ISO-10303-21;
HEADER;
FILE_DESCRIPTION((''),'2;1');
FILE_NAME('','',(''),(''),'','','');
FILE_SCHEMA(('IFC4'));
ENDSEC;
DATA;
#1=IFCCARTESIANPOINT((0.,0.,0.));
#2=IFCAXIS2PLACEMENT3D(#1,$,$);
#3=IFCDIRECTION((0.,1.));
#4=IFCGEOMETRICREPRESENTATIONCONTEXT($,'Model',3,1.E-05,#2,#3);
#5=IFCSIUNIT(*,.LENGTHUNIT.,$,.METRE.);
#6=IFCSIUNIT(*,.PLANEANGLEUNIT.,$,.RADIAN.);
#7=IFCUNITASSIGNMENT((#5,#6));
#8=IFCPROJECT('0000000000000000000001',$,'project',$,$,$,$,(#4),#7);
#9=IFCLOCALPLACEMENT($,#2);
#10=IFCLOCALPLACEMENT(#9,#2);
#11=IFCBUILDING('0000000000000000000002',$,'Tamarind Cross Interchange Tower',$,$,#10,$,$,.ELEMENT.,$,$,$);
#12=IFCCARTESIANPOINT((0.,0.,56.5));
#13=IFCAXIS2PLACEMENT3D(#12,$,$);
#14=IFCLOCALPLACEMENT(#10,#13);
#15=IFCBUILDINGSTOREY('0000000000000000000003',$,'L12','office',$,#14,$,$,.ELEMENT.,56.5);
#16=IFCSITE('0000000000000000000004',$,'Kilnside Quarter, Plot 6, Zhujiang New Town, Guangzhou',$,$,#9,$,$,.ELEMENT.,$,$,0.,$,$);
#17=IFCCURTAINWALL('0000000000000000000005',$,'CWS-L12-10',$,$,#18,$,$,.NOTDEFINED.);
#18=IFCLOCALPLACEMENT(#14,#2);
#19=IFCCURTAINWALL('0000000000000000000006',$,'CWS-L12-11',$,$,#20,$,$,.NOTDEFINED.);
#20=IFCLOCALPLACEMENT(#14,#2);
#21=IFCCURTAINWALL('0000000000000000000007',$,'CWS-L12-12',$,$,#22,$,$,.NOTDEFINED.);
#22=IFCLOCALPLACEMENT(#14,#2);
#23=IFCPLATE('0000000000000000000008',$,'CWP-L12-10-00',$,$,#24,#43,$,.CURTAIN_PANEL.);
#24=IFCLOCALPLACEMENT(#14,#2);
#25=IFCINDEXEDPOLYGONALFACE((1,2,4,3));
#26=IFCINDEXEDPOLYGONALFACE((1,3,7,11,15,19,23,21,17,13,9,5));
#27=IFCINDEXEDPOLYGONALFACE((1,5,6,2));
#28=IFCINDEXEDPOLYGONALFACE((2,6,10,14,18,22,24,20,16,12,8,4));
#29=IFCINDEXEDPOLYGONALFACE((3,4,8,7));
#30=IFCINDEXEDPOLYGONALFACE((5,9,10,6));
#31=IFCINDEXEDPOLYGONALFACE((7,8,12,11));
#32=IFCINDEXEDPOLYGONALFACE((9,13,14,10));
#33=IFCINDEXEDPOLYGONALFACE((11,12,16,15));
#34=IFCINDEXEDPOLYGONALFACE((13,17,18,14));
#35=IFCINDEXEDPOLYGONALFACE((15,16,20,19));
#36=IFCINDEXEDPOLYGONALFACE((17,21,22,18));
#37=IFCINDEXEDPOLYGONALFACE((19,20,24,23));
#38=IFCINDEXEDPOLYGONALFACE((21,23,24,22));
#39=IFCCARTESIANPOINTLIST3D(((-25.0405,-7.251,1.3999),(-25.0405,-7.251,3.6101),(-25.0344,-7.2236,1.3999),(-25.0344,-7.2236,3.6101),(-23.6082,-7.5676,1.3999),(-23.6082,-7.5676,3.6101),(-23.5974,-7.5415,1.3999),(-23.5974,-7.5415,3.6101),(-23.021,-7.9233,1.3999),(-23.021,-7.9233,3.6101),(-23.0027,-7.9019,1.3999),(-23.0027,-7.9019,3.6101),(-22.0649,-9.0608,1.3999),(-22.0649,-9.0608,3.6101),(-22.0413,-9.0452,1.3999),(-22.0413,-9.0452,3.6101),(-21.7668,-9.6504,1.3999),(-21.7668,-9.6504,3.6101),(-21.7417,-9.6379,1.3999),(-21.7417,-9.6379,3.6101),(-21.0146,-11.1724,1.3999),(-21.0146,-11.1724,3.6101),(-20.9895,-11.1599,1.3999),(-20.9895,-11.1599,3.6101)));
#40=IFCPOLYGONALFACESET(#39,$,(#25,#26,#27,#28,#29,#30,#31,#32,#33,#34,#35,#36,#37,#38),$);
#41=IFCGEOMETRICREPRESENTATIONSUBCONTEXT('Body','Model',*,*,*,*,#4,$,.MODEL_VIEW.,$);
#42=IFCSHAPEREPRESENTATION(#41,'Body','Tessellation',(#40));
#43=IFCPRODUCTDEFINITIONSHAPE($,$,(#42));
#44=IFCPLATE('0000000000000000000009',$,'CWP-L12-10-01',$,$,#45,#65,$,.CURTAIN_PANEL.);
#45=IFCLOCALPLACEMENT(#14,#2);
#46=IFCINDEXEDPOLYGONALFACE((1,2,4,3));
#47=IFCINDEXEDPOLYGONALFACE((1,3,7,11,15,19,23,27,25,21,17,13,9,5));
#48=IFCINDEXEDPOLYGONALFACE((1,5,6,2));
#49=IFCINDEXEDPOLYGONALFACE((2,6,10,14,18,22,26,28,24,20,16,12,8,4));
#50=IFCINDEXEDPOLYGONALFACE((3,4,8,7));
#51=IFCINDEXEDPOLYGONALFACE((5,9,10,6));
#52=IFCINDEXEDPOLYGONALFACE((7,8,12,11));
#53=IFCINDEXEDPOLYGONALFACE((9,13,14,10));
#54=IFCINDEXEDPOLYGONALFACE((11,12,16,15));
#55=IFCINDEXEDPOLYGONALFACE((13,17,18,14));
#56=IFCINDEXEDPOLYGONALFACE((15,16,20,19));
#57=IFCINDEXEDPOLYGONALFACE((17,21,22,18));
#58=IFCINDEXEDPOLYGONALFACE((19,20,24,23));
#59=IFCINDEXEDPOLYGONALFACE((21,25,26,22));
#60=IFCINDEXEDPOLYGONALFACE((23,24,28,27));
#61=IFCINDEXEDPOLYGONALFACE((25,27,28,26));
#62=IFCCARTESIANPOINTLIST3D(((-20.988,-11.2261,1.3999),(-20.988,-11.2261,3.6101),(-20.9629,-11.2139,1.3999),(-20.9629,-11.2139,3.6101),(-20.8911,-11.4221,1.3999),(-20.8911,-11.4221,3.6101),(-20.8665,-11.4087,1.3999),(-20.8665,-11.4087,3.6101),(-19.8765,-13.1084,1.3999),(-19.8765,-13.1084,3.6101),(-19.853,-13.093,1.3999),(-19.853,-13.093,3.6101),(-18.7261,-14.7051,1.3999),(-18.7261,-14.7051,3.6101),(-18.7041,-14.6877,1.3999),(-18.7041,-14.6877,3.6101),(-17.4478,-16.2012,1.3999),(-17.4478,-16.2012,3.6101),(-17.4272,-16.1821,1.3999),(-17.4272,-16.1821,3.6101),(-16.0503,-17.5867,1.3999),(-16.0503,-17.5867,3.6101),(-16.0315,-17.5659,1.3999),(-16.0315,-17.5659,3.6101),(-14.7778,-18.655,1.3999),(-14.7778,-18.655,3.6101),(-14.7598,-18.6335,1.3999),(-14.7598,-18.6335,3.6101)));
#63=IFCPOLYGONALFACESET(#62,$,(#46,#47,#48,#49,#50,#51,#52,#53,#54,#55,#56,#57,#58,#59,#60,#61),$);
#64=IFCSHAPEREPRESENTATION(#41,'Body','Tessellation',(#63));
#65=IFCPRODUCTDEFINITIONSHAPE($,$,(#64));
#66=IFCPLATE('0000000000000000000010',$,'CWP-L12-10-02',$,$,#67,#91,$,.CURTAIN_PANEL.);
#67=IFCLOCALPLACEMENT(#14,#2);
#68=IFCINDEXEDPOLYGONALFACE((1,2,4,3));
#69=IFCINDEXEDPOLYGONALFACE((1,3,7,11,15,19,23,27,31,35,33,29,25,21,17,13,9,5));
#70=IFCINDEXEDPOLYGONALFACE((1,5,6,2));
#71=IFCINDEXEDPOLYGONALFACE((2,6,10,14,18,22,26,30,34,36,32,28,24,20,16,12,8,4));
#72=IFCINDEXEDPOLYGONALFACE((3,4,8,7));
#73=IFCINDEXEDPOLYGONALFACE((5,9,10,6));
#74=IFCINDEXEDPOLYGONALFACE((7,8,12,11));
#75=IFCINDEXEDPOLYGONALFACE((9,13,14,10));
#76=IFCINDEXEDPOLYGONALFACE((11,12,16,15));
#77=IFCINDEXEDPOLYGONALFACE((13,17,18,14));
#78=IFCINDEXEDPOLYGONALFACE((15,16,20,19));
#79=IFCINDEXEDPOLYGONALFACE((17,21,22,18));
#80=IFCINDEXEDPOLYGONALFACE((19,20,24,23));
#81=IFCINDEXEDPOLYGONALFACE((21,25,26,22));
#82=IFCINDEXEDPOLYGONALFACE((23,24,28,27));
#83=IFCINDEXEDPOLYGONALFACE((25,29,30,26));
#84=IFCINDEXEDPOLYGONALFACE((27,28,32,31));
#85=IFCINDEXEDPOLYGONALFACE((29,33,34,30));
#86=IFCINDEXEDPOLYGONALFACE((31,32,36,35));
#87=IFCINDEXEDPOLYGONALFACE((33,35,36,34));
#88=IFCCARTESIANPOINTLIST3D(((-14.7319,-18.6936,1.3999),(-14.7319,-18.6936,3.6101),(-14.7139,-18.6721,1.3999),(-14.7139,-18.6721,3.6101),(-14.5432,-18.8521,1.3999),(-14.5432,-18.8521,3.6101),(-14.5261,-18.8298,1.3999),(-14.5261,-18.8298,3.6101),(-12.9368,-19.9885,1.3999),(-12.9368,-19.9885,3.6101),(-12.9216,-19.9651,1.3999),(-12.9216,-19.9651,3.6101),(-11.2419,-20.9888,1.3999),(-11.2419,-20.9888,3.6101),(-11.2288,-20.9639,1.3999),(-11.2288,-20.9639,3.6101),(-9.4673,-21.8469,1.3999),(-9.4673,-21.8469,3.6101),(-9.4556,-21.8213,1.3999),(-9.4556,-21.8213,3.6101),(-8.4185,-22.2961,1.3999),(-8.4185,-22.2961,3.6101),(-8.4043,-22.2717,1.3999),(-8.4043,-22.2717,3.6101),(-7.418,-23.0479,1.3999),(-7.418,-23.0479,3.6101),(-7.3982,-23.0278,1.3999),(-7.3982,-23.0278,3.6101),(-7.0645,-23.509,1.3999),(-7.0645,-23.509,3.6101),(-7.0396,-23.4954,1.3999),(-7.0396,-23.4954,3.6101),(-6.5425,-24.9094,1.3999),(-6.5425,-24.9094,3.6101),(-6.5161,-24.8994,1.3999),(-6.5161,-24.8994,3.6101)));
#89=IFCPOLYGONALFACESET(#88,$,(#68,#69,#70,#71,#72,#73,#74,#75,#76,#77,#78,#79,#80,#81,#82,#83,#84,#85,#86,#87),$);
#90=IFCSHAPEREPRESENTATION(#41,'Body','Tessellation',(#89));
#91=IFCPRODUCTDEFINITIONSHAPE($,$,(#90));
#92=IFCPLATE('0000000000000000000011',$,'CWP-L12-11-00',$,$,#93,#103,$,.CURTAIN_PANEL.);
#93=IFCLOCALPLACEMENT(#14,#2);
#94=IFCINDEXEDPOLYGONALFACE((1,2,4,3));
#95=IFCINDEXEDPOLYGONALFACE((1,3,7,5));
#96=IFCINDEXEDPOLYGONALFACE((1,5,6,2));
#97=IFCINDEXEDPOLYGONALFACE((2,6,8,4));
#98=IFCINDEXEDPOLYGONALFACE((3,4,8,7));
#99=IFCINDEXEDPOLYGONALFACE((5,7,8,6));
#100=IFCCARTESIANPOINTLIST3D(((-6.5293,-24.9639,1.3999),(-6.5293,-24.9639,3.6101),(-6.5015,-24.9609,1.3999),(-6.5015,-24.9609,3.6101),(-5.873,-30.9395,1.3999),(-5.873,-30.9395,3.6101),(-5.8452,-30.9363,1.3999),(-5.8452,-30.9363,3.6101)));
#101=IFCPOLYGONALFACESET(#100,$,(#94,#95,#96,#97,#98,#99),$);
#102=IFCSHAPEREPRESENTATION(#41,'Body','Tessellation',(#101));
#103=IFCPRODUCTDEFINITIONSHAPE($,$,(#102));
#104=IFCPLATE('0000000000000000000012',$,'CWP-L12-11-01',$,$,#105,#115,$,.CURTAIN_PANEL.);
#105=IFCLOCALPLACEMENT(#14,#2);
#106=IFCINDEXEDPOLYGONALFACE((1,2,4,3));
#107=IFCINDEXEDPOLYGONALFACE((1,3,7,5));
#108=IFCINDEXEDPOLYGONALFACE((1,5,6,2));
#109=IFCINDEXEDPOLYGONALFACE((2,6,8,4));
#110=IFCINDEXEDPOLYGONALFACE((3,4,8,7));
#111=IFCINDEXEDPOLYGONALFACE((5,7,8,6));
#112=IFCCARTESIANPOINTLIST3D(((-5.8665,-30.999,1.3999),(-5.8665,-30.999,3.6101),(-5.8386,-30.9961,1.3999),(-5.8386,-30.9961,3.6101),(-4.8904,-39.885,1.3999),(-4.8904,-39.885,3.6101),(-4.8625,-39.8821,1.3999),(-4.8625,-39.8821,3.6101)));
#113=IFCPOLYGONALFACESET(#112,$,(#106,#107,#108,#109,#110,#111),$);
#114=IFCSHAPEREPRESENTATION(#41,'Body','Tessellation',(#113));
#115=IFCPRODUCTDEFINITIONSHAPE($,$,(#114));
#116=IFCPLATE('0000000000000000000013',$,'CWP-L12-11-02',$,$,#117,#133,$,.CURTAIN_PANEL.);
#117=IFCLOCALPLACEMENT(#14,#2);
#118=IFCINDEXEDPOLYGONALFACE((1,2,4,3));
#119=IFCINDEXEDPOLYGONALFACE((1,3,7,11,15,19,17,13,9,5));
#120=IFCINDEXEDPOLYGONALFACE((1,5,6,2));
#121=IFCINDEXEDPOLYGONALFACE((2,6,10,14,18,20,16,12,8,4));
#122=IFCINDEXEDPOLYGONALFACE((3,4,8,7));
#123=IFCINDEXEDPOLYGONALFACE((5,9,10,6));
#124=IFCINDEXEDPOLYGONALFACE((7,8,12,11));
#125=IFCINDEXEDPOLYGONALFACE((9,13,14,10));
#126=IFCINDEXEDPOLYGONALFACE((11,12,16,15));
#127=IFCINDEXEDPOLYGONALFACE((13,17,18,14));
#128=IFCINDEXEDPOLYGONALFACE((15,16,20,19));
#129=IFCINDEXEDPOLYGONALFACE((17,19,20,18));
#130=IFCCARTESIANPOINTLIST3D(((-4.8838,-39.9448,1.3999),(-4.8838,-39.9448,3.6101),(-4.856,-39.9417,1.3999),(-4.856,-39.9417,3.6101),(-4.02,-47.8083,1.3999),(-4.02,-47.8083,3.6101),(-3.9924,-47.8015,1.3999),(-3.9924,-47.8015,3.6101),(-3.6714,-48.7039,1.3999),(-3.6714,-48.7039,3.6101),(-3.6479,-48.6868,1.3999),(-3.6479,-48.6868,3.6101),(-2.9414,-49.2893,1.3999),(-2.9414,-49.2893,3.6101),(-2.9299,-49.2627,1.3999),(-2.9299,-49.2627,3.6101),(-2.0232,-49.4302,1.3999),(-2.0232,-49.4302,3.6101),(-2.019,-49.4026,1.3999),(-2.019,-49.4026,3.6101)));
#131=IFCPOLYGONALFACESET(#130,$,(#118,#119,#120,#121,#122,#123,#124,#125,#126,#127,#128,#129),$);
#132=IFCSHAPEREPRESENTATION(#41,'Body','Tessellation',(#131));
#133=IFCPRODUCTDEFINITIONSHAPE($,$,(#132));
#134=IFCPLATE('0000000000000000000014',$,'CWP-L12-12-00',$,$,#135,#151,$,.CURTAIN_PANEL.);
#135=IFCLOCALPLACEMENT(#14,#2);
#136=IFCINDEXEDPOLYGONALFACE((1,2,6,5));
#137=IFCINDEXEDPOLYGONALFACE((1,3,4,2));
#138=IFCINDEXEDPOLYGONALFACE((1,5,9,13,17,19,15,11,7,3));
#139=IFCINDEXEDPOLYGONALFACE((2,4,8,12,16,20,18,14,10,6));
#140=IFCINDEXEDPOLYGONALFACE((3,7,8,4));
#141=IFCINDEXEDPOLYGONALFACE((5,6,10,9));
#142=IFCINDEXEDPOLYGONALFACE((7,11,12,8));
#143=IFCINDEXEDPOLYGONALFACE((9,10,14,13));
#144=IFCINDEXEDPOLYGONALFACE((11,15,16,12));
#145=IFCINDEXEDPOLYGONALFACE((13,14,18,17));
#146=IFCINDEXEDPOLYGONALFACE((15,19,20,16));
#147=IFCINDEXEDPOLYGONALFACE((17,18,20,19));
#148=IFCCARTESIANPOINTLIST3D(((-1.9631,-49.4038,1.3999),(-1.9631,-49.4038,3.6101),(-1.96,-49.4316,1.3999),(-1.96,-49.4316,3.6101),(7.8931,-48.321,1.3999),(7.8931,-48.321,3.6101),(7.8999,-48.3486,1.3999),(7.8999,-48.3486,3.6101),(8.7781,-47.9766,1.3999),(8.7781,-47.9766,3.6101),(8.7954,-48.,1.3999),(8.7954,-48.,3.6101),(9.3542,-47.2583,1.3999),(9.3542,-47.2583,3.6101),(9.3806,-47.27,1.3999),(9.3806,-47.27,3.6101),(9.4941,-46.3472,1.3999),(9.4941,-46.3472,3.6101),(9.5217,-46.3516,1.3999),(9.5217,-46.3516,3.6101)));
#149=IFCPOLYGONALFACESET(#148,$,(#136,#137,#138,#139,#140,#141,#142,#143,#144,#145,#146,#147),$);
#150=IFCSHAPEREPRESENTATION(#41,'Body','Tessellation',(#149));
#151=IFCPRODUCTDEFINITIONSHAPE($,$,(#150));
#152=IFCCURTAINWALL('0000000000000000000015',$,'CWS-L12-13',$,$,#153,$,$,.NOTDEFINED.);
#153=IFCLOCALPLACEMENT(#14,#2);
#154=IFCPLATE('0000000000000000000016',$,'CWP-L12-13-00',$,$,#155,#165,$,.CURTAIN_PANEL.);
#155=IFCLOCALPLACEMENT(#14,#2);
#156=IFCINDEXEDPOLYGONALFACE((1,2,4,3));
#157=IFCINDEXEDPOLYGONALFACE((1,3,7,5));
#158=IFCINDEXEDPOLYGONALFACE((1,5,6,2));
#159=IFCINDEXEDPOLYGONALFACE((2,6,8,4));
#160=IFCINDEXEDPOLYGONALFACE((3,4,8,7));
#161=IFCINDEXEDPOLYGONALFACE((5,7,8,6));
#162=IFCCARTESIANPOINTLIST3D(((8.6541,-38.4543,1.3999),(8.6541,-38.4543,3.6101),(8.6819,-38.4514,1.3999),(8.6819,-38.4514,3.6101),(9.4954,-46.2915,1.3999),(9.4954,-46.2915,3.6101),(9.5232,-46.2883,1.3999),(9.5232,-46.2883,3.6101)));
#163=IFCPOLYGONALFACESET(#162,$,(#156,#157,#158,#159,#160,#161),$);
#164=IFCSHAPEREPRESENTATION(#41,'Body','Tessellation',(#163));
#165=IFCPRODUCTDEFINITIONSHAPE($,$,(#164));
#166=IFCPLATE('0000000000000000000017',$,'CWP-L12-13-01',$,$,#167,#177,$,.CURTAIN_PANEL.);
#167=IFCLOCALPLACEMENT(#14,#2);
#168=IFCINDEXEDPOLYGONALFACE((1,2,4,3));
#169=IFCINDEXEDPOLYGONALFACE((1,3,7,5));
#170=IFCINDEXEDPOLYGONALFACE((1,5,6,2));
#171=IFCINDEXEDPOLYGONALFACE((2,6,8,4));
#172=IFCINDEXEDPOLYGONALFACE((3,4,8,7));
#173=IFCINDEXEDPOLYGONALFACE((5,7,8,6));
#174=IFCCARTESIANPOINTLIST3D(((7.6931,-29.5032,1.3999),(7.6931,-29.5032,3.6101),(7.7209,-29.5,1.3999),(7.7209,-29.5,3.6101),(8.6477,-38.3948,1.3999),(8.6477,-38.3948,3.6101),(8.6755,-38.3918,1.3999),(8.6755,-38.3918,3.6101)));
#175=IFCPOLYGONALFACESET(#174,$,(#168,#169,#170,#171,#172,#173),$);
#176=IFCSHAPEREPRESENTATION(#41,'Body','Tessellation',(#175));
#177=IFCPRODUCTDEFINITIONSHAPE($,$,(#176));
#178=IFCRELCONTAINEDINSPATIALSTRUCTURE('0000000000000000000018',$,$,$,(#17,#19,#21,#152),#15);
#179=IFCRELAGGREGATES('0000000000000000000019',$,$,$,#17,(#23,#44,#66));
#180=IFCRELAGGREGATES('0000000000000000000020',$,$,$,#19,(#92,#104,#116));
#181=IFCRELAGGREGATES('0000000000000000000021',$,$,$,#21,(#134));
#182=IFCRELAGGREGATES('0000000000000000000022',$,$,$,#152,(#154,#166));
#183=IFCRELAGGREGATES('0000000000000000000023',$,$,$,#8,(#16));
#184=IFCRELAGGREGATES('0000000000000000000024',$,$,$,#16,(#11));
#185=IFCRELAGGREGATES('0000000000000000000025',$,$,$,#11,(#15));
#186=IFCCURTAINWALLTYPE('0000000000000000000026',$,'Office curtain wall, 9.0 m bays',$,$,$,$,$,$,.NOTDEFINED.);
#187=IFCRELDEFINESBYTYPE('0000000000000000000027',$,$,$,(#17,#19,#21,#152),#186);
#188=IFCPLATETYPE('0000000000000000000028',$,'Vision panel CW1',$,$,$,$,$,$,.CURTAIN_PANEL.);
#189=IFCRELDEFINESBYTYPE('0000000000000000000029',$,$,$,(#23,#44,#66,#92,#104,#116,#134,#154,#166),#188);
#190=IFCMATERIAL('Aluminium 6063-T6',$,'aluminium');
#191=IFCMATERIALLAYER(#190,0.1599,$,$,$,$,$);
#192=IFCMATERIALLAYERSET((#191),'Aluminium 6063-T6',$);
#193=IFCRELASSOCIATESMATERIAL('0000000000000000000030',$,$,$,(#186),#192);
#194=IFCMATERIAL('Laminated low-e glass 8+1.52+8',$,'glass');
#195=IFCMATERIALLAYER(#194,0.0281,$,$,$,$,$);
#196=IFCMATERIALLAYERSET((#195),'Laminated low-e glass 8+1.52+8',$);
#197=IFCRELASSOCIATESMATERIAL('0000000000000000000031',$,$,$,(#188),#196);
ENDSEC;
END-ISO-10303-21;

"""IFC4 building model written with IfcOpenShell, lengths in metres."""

from ifc_helpers import new_model, si_unit, direction, frame, origin, place, context, subcontext, project, spatial, polyline, outline, extrude, material, layer, layer_set, type_object, element, aggregate, save


model = new_model("IFC4")

# Units and contexts
model_context = context("Model", 3, precision=1e-05, world=origin(), true_north=direction((0.0, 1.0)))
body_context = subcontext(model_context, "Body", "Model", "MODEL_VIEW")
ifc_project = project(units=[si_unit("LENGTHUNIT", "METRE"), si_unit("PLANEANGLEUNIT", "RADIAN")], contexts=[model_context])

# Site, building, storey
site_placement = place(None, origin())
site = spatial("IfcSite", under=ifc_project, at=site_placement, Name="Kilnside Quarter, Plot 6, Zhujiang New Town, Guangzhou", CompositionType="ELEMENT", RefElevation=0.0)
building_placement = place(site_placement, origin())
building = spatial("IfcBuilding", under=site, at=building_placement, Name="Tamarind Cross Interchange Tower", CompositionType="ELEMENT")
storey_placement = place(building_placement, frame((0.0, 0.0, 56.5)))
storey = spatial("IfcBuildingStorey", under=building, at=storey_placement, Name="L12", Description="office", CompositionType="ELEMENT", Elevation=56.5)

# Curtain walls
ifc_material_1 = material(Name="Aluminium 6063-T6", Category="aluminium")
ifc_layer_1 = layer(ifc_material_1, 0.1599)
ifc_layer_set_1 = layer_set([ifc_layer_1], Name="Aluminium 6063-T6")
curtain_wall_type = type_object("IfcCurtainWallType", Name="Office curtain wall, 9.0 m bays", PredefinedType="NOTDEFINED", material=ifc_layer_set_1)
curtain_wall_1_placement = place(storey_placement, origin())
curtain_wall_1 = element("IfcCurtainWall", 1, at=curtain_wall_1_placement, inside=storey, type_object=curtain_wall_type, Name="CWS-L12-10", PredefinedType="NOTDEFINED")
curtain_wall_2_placement = place(storey_placement, origin())
curtain_wall_2 = element("IfcCurtainWall", 2, at=curtain_wall_2_placement, inside=storey, type_object=curtain_wall_type, Name="CWS-L12-11", PredefinedType="NOTDEFINED")
curtain_wall_3_placement = place(storey_placement, origin())
curtain_wall_3 = element("IfcCurtainWall", 3, at=curtain_wall_3_placement, inside=storey, type_object=curtain_wall_type, Name="CWS-L12-12", PredefinedType="NOTDEFINED")

# Plates
ifc_material_2 = material(Name="Laminated low-e glass 8+1.52+8", Category="glass")
ifc_layer_2 = layer(ifc_material_2, 0.0281)
ifc_layer_set_2 = layer_set([ifc_layer_2], Name="Laminated low-e glass 8+1.52+8")
plate_type = type_object("IfcPlateType", Name="Vision panel CW1", PredefinedType="CURTAIN_PANEL", material=ifc_layer_set_2)
plate_1_placement = place(storey_placement, frame((0.0, 0.0, 1.3999)))
plate_1 = element("IfcPlate", 4, at=plate_1_placement, type_object=plate_type, Name="CWP-L12-10-00", PredefinedType="CURTAIN_PANEL", context=body_context, shape_type="SweptSolid", body=[
    extrude(outline(polyline([(-25.0344, -7.2236), (-23.5974, -7.5415), (-23.0027, -7.9019), (-22.0413, -9.0452), (-21.7417, -9.6379), (-20.9895, -11.1599), (-21.0146, -11.1724), (-21.7668, -9.6504), (-22.0649, -9.0608), (-23.021, -7.9233), (-23.6082, -7.5676), (-25.0405, -7.251), (-25.0344, -7.2236)])), origin(), (0.0, 0.0, 1.0), 2.2102),
])
plate_2_placement = place(storey_placement, frame((0.0, 0.0, 1.3999)))
plate_2 = element("IfcPlate", 5, at=plate_2_placement, type_object=plate_type, Name="CWP-L12-10-01", PredefinedType="CURTAIN_PANEL", context=body_context, shape_type="SweptSolid", body=[
    extrude(outline(polyline([(-20.9629, -11.2139), (-20.8665, -11.4087), (-19.853, -13.093), (-18.7041, -14.6877), (-17.4272, -16.1821), (-16.0315, -17.5659), (-14.7598, -18.6335), (-14.7778, -18.655), (-16.0503, -17.5867), (-17.4478, -16.2012), (-18.7261, -14.7051), (-19.8765, -13.1084), (-20.8911, -11.4221), (-20.988, -11.2261), (-20.9629, -11.2139)])), origin(), (0.0, 0.0, 1.0), 2.2102),
])
plate_3_placement = place(storey_placement, frame((0.0, 0.0, 1.3999)))
plate_3 = element("IfcPlate", 6, at=plate_3_placement, type_object=plate_type, Name="CWP-L12-10-02", PredefinedType="CURTAIN_PANEL", context=body_context, shape_type="SweptSolid", body=[
    extrude(outline(polyline([(-14.7139, -18.6721), (-14.5261, -18.8298), (-12.9216, -19.9651), (-11.2288, -20.9639), (-9.4556, -21.8213), (-8.4043, -22.2717), (-7.3982, -23.0278), (-7.0396, -23.4954), (-6.5161, -24.8994), (-6.5425, -24.9094), (-7.0645, -23.509), (-7.418, -23.0479), (-8.4185, -22.2961), (-9.4673, -21.8469), (-11.2419, -20.9888), (-12.9368, -19.9885), (-14.5432, -18.8521), (-14.7319, -18.6936), (-14.7139, -18.6721)])), origin(), (0.0, 0.0, 1.0), 2.2102),
])
aggregate(curtain_wall_1, [plate_1, plate_2, plate_3])
plate_4_placement = place(storey_placement, frame((0.0, 0.0, 1.3999)))
plate_4 = element("IfcPlate", 7, at=plate_4_placement, type_object=plate_type, Name="CWP-L12-11-00", PredefinedType="CURTAIN_PANEL", context=body_context, shape_type="SweptSolid", body=[
    extrude(outline(polyline([(-6.5015, -24.9609), (-5.8452, -30.9363), (-5.873, -30.9395), (-6.5293, -24.9639), (-6.5015, -24.9609)])), origin(), (0.0, 0.0, 1.0), 2.2102),
])
plate_5_placement = place(storey_placement, frame((0.0, 0.0, 1.3999)))
plate_5 = element("IfcPlate", 8, at=plate_5_placement, type_object=plate_type, Name="CWP-L12-11-01", PredefinedType="CURTAIN_PANEL", context=body_context, shape_type="SweptSolid", body=[
    extrude(outline(polyline([(-5.8386, -30.9961), (-4.8625, -39.8821), (-4.8904, -39.885), (-5.8665, -30.999), (-5.8386, -30.9961)])), origin(), (0.0, 0.0, 1.0), 2.2102),
])
plate_6_placement = place(storey_placement, frame((0.0, 0.0, 1.3999)))
plate_6 = element("IfcPlate", 9, at=plate_6_placement, type_object=plate_type, Name="CWP-L12-11-02", PredefinedType="CURTAIN_PANEL", context=body_context, shape_type="SweptSolid", body=[
    extrude(outline(polyline([(-4.856, -39.9417), (-3.9924, -47.8015), (-3.6479, -48.6868), (-2.9299, -49.2627), (-2.019, -49.4026), (-2.0232, -49.4302), (-2.9414, -49.2893), (-3.6714, -48.7039), (-4.02, -47.8083), (-4.8838, -39.9448), (-4.856, -39.9417)])), origin(), (0.0, 0.0, 1.0), 2.2102),
])
aggregate(curtain_wall_2, [plate_4, plate_5, plate_6])
plate_7_placement = place(storey_placement, frame((0.0, 0.0, 1.3999)))
plate_7 = element("IfcPlate", 10, at=plate_7_placement, type_object=plate_type, Name="CWP-L12-12-00", PredefinedType="CURTAIN_PANEL", context=body_context, shape_type="SweptSolid", body=[
    extrude(outline(polyline([(-1.9631, -49.4038), (7.8931, -48.321), (8.7781, -47.9766), (9.3542, -47.2583), (9.4941, -46.3472), (9.5217, -46.3516), (9.3806, -47.27), (8.7954, -48.0), (7.8999, -48.3486), (-1.96, -49.4316), (-1.9631, -49.4038)])), origin(), (0.0, 0.0, 1.0), 2.2102),
])
aggregate(curtain_wall_3, [plate_7])

# Curtain wall, plates
curtain_wall_4_placement = place(storey_placement, origin())
curtain_wall_4 = element("IfcCurtainWall", 11, at=curtain_wall_4_placement, inside=storey, type_object=curtain_wall_type, Name="CWS-L12-13", PredefinedType="NOTDEFINED")
plate_8_placement = place(storey_placement, frame((0.0, 0.0, 1.3999)))
plate_8 = element("IfcPlate", 12, at=plate_8_placement, type_object=plate_type, Name="CWP-L12-13-00", PredefinedType="CURTAIN_PANEL", context=body_context, shape_type="SweptSolid", body=[
    extrude(outline(polyline([(9.4954, -46.2915), (8.6541, -38.4543), (8.6819, -38.4514), (9.5232, -46.2883), (9.4954, -46.2915)])), origin(), (0.0, 0.0, 1.0), 2.2102),
])
plate_9_placement = place(storey_placement, frame((0.0, 0.0, 1.3999)))
plate_9 = element("IfcPlate", 13, at=plate_9_placement, type_object=plate_type, Name="CWP-L12-13-01", PredefinedType="CURTAIN_PANEL", context=body_context, shape_type="SweptSolid", body=[
    extrude(outline(polyline([(8.6477, -38.3948), (7.6931, -29.5032), (7.7209, -29.5), (8.6755, -38.3918), (8.6477, -38.3948)])), origin(), (0.0, 0.0, 1.0), 2.2102),
])
aggregate(curtain_wall_4, [plate_8, plate_9])

save(model, "model.ifc")
